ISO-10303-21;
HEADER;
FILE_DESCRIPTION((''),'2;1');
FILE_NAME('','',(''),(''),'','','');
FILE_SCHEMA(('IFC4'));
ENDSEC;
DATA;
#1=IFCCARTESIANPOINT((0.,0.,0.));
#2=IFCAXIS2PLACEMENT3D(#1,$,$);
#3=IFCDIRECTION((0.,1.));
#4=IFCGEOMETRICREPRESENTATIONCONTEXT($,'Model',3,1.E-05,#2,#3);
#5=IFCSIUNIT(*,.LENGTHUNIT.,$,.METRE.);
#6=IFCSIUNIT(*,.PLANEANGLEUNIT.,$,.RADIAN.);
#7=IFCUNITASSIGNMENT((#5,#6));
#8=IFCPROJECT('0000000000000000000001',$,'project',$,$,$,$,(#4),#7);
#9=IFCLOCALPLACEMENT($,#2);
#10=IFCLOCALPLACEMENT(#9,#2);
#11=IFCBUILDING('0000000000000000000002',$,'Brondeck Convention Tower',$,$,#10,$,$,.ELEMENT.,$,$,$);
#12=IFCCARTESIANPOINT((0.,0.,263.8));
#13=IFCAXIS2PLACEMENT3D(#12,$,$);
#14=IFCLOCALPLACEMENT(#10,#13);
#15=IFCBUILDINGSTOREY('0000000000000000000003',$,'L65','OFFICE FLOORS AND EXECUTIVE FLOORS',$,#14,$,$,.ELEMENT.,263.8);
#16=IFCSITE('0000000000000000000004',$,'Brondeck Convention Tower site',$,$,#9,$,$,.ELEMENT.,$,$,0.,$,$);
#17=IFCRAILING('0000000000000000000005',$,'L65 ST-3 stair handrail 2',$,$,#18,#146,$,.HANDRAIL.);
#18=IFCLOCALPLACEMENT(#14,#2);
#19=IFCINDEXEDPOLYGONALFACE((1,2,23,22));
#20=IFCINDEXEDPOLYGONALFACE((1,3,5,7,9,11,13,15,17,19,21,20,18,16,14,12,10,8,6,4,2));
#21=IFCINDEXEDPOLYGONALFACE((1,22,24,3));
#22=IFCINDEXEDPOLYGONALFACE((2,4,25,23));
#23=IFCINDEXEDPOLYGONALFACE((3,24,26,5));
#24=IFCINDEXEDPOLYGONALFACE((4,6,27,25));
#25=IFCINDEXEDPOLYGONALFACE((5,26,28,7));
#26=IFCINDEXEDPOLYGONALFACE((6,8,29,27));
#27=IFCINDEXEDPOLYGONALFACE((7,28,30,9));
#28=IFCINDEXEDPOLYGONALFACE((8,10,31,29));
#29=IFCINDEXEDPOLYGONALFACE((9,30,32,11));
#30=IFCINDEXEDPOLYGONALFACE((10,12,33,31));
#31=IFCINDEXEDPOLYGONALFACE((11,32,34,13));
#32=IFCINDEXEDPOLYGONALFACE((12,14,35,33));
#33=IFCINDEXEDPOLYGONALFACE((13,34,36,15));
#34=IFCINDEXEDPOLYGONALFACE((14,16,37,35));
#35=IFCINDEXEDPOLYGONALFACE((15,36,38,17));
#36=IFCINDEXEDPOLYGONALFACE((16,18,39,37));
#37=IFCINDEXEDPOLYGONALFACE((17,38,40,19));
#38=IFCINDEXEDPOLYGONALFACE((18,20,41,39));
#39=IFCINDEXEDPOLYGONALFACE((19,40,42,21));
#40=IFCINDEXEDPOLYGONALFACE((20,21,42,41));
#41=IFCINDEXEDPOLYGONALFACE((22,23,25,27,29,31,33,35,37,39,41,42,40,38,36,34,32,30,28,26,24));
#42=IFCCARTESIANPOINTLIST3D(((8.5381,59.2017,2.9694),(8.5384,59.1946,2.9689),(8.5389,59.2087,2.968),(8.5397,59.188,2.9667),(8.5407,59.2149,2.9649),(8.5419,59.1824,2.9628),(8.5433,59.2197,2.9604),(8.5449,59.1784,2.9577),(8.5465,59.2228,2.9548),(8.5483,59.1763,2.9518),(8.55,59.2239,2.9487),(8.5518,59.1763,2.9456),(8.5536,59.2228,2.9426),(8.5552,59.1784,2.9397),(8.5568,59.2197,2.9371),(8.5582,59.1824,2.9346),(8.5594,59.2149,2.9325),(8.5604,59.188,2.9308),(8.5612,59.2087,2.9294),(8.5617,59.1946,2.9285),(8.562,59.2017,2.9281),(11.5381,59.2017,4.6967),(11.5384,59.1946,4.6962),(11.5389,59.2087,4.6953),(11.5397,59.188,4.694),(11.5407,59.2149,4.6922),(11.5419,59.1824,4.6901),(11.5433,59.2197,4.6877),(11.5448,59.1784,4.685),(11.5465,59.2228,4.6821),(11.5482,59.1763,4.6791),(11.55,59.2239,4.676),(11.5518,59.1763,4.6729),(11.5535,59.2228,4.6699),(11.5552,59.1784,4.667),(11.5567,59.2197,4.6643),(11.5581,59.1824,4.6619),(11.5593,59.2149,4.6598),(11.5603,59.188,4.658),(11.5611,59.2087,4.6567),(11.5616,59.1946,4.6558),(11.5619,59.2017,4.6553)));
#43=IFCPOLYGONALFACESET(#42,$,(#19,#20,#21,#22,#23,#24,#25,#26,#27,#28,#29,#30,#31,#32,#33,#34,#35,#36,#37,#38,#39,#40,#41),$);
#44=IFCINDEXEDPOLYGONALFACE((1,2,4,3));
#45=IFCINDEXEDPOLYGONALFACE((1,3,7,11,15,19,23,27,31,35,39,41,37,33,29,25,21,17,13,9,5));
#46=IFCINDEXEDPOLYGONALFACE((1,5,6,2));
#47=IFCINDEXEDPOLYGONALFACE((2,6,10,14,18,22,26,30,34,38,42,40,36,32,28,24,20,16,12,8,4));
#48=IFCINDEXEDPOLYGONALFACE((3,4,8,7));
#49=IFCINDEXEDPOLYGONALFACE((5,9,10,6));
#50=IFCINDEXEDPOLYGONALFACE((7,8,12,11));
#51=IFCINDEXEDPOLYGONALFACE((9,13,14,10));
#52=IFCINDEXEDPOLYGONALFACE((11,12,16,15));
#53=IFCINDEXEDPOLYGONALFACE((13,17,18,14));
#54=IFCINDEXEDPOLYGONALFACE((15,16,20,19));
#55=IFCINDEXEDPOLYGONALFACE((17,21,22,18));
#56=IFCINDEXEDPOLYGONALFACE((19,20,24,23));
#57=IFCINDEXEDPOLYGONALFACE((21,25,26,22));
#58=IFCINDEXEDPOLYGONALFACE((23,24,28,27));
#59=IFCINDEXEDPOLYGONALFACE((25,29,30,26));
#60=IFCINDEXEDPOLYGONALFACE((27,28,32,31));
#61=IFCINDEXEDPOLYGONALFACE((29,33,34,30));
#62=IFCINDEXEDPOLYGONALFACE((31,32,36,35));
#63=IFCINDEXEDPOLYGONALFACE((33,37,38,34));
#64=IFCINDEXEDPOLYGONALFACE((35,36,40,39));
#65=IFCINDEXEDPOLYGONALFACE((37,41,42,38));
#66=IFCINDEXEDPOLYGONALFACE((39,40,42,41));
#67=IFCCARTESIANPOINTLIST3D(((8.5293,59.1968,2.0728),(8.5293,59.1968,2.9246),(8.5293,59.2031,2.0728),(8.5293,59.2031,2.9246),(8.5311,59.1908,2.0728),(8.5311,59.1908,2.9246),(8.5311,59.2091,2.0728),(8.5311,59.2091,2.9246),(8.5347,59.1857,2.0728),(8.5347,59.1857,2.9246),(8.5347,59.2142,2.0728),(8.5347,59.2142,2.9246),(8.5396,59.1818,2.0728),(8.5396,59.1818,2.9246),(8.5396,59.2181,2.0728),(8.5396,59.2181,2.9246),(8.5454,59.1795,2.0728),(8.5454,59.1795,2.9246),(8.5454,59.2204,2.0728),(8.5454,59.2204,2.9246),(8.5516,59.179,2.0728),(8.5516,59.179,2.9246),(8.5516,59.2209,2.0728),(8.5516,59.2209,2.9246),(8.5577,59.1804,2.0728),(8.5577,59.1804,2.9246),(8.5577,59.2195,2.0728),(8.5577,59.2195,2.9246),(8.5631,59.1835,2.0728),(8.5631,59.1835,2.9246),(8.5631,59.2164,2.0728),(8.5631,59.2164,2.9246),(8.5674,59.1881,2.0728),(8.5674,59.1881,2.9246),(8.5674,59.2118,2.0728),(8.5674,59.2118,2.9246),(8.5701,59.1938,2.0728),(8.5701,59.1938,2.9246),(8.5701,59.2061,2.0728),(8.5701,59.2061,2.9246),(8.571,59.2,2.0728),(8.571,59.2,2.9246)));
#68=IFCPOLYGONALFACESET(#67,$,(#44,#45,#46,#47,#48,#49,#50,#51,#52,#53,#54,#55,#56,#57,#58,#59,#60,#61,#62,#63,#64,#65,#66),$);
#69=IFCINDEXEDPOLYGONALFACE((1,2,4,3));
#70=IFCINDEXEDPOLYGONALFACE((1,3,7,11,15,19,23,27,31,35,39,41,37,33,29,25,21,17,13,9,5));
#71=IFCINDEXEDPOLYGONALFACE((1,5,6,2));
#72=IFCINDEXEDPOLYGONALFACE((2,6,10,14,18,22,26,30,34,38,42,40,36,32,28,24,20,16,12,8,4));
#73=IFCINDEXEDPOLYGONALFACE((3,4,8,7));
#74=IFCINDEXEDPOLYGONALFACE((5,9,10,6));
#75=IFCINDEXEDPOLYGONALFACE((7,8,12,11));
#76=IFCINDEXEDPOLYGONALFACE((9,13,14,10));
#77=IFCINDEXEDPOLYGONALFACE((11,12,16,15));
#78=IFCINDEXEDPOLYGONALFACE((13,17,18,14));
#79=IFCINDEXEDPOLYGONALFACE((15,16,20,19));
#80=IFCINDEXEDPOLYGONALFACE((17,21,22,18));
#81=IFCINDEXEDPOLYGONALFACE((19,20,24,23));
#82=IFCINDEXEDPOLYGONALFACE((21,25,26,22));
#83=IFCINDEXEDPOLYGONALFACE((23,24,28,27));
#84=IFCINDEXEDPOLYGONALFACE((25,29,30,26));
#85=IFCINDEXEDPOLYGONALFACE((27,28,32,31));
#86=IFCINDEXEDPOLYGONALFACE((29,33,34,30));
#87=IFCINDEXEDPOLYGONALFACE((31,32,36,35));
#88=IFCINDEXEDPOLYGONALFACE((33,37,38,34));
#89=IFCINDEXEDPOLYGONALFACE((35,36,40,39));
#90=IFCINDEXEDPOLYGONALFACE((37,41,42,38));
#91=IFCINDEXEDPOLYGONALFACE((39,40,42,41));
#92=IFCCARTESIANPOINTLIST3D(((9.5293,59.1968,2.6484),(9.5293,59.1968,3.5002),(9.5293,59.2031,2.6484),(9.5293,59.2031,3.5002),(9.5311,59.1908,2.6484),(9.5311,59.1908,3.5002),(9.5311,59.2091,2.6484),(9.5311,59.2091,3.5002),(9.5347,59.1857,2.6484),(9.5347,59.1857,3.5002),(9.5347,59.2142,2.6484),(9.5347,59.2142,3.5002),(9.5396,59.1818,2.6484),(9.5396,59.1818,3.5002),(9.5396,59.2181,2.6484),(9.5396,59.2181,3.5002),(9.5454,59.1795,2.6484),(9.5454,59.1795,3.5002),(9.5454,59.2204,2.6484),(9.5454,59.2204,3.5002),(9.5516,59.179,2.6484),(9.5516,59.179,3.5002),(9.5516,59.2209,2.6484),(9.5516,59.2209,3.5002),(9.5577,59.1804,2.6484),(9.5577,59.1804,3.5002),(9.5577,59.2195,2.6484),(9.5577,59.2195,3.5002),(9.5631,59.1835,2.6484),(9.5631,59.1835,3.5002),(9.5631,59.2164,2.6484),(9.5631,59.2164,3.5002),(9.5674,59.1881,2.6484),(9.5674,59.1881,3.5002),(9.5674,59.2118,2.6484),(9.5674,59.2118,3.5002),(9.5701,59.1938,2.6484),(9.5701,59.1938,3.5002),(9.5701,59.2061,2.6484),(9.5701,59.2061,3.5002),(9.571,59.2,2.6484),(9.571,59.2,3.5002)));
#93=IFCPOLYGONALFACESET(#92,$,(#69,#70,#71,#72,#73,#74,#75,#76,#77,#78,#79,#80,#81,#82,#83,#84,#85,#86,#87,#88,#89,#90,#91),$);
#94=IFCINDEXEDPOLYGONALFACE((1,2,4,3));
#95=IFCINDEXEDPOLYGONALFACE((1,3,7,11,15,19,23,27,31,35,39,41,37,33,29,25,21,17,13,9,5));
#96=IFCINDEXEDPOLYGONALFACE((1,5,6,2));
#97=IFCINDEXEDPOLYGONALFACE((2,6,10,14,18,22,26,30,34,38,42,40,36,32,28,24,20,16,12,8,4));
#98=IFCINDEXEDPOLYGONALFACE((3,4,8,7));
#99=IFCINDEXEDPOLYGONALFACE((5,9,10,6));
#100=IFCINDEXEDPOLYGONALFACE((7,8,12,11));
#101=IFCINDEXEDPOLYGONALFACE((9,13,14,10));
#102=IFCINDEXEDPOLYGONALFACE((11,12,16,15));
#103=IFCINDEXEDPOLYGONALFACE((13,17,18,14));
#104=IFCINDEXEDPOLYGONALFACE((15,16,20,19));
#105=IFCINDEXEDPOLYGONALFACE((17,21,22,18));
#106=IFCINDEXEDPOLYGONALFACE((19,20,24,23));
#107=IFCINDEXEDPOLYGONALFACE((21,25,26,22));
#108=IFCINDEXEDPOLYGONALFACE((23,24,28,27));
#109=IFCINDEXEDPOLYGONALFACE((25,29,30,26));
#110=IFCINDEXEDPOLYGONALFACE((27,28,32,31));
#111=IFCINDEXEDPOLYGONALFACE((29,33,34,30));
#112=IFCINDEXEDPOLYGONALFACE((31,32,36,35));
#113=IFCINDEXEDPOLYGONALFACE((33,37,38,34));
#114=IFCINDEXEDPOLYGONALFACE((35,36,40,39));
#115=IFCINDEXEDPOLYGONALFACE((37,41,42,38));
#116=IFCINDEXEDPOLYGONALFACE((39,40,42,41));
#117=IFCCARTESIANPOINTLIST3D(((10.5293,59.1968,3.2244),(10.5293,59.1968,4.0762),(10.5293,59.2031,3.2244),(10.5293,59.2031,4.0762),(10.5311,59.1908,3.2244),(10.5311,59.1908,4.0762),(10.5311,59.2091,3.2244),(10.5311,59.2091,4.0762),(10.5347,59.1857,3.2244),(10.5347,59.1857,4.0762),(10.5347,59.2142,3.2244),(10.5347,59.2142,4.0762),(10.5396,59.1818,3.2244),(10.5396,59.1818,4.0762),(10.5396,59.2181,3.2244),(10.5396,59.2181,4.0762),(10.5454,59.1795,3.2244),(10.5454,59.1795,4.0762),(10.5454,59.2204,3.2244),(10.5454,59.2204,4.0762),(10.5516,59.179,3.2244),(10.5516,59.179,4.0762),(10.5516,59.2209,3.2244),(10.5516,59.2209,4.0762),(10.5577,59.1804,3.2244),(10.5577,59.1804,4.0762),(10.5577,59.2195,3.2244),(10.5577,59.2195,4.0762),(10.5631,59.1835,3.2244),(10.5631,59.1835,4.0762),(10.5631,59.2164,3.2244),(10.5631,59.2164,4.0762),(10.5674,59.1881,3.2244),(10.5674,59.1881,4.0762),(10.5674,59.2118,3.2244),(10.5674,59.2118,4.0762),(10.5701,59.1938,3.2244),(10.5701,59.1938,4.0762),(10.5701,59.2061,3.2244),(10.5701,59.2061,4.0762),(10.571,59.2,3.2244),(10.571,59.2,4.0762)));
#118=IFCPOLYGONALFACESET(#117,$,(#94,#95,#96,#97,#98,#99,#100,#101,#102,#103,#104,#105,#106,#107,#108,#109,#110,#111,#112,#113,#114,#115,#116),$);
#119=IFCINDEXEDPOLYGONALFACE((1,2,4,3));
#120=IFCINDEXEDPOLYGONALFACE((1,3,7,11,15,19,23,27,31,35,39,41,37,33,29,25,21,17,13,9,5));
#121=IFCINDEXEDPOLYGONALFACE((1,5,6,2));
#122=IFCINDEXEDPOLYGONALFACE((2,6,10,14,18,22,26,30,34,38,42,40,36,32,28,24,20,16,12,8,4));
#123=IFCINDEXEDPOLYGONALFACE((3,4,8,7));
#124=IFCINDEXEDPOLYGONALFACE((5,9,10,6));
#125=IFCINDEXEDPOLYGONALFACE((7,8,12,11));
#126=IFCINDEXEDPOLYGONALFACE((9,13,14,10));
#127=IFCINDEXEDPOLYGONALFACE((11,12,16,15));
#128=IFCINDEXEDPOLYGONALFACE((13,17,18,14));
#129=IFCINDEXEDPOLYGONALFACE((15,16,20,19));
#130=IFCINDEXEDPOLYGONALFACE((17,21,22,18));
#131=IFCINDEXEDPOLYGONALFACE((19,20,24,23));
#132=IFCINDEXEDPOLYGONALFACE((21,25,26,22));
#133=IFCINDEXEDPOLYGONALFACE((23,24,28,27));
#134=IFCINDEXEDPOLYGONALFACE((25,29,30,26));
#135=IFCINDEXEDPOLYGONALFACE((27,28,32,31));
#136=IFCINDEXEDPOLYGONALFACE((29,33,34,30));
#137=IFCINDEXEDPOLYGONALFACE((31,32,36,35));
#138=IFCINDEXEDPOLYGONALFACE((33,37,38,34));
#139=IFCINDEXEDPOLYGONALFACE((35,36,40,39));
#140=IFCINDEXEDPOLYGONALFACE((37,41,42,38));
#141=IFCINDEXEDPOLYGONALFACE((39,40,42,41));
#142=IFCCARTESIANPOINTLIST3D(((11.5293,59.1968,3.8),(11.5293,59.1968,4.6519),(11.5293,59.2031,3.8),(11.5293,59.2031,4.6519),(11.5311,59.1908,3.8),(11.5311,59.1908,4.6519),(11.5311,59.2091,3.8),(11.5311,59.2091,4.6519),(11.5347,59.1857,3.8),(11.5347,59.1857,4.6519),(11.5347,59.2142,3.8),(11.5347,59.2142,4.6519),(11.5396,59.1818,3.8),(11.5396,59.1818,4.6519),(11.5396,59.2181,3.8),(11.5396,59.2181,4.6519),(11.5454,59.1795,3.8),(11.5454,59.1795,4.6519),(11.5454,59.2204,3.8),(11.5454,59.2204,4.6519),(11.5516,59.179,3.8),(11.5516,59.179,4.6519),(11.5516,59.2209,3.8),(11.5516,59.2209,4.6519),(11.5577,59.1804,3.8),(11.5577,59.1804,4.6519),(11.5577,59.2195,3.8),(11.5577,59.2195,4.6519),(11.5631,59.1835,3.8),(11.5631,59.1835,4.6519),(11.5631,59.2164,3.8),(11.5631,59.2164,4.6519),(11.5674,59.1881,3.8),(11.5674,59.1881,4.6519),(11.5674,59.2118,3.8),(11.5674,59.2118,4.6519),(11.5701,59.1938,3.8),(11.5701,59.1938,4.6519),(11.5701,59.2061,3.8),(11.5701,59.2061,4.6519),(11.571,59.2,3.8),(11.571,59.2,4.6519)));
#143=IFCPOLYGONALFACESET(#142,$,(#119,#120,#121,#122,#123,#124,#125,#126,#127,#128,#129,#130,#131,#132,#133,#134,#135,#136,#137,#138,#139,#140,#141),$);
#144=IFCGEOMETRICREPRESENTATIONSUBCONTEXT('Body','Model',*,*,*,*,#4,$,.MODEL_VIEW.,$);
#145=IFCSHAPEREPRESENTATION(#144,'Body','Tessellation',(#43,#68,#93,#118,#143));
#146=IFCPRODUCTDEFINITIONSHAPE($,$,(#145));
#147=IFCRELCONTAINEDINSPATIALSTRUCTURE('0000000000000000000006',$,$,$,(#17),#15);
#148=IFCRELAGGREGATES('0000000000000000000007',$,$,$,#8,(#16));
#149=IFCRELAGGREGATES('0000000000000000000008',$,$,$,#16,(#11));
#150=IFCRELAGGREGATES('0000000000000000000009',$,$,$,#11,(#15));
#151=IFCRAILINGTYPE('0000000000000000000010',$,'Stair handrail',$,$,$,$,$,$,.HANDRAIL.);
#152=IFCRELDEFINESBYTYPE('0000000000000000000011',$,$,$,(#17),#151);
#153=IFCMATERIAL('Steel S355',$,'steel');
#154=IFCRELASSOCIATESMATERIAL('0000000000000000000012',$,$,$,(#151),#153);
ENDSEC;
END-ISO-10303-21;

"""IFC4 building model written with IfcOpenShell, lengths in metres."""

from ifc_helpers import new_model, si_unit, direction, frame, origin, origin_2d, place, context, subcontext, project, spatial, circle, extrude, material, type_object, element, save


model = new_model("IFC4")

# Units and contexts
model_context = context("Model", 3, precision=1e-05, world=origin(), true_north=direction((0.0, 1.0)))
body_context = subcontext(model_context, "Body", "Model", "MODEL_VIEW")
ifc_project = project(units=[si_unit("LENGTHUNIT", "METRE"), si_unit("PLANEANGLEUNIT", "RADIAN")], contexts=[model_context])

# Site, building, storey
site_placement = place(None, origin())
site = spatial("IfcSite", under=ifc_project, at=site_placement, Name="Brondeck Convention Tower site", CompositionType="ELEMENT", RefElevation=0.0)
building_placement = place(site_placement, origin())
building = spatial("IfcBuilding", under=site, at=building_placement, Name="Brondeck Convention Tower", CompositionType="ELEMENT")
storey_placement = place(building_placement, frame((0.0, 0.0, 263.8)))
storey = spatial("IfcBuildingStorey", under=building, at=storey_placement, Name="L65", Description="OFFICE FLOORS AND EXECUTIVE FLOORS", CompositionType="ELEMENT", Elevation=263.8)

# Railing
ifc_material_1 = material(Name="Steel S355", Category="steel")
railing_type = type_object("IfcRailingType", Name="Stair handrail", PredefinedType="HANDRAIL", material=ifc_material_1)
railing_placement = place(storey_placement, frame((8.55, 59.2, 2.0728)))
element("IfcRailing", 1, at=railing_placement, inside=storey, type_object=railing_type, Name="L65 ST-3 stair handrail 2", PredefinedType="HANDRAIL", context=body_context, shape_type="SweptSolid", body=[
    extrude(circle(Radius=0.0239, at=origin_2d()), frame((0.0, 0.0, 0.876), z_axis=(0.86662, 0.0, 0.498969), x_axis=(0.0, 1.0, 0.0)), (0.0, 0.0, 1.0), 3.4617),
    extrude(circle(Radius=0.021, at=origin_2d()), origin(), (0.0, 0.0, 1.0), 0.8518),
    extrude(circle(Radius=0.021, at=origin_2d()), frame((1.0, 0.0, 0.5757)), (0.0, 0.0, 1.0), 0.8518),
    extrude(circle(Radius=0.021, at=origin_2d()), frame((2.0, 0.0, 1.1516)), (0.0, 0.0, 1.0), 0.8518),
    extrude(circle(Radius=0.021, at=origin_2d()), frame((3.0, 0.0, 1.7273)), (0.0, 0.0, 1.0), 0.8518),
])

save(model, "model.ifc")
